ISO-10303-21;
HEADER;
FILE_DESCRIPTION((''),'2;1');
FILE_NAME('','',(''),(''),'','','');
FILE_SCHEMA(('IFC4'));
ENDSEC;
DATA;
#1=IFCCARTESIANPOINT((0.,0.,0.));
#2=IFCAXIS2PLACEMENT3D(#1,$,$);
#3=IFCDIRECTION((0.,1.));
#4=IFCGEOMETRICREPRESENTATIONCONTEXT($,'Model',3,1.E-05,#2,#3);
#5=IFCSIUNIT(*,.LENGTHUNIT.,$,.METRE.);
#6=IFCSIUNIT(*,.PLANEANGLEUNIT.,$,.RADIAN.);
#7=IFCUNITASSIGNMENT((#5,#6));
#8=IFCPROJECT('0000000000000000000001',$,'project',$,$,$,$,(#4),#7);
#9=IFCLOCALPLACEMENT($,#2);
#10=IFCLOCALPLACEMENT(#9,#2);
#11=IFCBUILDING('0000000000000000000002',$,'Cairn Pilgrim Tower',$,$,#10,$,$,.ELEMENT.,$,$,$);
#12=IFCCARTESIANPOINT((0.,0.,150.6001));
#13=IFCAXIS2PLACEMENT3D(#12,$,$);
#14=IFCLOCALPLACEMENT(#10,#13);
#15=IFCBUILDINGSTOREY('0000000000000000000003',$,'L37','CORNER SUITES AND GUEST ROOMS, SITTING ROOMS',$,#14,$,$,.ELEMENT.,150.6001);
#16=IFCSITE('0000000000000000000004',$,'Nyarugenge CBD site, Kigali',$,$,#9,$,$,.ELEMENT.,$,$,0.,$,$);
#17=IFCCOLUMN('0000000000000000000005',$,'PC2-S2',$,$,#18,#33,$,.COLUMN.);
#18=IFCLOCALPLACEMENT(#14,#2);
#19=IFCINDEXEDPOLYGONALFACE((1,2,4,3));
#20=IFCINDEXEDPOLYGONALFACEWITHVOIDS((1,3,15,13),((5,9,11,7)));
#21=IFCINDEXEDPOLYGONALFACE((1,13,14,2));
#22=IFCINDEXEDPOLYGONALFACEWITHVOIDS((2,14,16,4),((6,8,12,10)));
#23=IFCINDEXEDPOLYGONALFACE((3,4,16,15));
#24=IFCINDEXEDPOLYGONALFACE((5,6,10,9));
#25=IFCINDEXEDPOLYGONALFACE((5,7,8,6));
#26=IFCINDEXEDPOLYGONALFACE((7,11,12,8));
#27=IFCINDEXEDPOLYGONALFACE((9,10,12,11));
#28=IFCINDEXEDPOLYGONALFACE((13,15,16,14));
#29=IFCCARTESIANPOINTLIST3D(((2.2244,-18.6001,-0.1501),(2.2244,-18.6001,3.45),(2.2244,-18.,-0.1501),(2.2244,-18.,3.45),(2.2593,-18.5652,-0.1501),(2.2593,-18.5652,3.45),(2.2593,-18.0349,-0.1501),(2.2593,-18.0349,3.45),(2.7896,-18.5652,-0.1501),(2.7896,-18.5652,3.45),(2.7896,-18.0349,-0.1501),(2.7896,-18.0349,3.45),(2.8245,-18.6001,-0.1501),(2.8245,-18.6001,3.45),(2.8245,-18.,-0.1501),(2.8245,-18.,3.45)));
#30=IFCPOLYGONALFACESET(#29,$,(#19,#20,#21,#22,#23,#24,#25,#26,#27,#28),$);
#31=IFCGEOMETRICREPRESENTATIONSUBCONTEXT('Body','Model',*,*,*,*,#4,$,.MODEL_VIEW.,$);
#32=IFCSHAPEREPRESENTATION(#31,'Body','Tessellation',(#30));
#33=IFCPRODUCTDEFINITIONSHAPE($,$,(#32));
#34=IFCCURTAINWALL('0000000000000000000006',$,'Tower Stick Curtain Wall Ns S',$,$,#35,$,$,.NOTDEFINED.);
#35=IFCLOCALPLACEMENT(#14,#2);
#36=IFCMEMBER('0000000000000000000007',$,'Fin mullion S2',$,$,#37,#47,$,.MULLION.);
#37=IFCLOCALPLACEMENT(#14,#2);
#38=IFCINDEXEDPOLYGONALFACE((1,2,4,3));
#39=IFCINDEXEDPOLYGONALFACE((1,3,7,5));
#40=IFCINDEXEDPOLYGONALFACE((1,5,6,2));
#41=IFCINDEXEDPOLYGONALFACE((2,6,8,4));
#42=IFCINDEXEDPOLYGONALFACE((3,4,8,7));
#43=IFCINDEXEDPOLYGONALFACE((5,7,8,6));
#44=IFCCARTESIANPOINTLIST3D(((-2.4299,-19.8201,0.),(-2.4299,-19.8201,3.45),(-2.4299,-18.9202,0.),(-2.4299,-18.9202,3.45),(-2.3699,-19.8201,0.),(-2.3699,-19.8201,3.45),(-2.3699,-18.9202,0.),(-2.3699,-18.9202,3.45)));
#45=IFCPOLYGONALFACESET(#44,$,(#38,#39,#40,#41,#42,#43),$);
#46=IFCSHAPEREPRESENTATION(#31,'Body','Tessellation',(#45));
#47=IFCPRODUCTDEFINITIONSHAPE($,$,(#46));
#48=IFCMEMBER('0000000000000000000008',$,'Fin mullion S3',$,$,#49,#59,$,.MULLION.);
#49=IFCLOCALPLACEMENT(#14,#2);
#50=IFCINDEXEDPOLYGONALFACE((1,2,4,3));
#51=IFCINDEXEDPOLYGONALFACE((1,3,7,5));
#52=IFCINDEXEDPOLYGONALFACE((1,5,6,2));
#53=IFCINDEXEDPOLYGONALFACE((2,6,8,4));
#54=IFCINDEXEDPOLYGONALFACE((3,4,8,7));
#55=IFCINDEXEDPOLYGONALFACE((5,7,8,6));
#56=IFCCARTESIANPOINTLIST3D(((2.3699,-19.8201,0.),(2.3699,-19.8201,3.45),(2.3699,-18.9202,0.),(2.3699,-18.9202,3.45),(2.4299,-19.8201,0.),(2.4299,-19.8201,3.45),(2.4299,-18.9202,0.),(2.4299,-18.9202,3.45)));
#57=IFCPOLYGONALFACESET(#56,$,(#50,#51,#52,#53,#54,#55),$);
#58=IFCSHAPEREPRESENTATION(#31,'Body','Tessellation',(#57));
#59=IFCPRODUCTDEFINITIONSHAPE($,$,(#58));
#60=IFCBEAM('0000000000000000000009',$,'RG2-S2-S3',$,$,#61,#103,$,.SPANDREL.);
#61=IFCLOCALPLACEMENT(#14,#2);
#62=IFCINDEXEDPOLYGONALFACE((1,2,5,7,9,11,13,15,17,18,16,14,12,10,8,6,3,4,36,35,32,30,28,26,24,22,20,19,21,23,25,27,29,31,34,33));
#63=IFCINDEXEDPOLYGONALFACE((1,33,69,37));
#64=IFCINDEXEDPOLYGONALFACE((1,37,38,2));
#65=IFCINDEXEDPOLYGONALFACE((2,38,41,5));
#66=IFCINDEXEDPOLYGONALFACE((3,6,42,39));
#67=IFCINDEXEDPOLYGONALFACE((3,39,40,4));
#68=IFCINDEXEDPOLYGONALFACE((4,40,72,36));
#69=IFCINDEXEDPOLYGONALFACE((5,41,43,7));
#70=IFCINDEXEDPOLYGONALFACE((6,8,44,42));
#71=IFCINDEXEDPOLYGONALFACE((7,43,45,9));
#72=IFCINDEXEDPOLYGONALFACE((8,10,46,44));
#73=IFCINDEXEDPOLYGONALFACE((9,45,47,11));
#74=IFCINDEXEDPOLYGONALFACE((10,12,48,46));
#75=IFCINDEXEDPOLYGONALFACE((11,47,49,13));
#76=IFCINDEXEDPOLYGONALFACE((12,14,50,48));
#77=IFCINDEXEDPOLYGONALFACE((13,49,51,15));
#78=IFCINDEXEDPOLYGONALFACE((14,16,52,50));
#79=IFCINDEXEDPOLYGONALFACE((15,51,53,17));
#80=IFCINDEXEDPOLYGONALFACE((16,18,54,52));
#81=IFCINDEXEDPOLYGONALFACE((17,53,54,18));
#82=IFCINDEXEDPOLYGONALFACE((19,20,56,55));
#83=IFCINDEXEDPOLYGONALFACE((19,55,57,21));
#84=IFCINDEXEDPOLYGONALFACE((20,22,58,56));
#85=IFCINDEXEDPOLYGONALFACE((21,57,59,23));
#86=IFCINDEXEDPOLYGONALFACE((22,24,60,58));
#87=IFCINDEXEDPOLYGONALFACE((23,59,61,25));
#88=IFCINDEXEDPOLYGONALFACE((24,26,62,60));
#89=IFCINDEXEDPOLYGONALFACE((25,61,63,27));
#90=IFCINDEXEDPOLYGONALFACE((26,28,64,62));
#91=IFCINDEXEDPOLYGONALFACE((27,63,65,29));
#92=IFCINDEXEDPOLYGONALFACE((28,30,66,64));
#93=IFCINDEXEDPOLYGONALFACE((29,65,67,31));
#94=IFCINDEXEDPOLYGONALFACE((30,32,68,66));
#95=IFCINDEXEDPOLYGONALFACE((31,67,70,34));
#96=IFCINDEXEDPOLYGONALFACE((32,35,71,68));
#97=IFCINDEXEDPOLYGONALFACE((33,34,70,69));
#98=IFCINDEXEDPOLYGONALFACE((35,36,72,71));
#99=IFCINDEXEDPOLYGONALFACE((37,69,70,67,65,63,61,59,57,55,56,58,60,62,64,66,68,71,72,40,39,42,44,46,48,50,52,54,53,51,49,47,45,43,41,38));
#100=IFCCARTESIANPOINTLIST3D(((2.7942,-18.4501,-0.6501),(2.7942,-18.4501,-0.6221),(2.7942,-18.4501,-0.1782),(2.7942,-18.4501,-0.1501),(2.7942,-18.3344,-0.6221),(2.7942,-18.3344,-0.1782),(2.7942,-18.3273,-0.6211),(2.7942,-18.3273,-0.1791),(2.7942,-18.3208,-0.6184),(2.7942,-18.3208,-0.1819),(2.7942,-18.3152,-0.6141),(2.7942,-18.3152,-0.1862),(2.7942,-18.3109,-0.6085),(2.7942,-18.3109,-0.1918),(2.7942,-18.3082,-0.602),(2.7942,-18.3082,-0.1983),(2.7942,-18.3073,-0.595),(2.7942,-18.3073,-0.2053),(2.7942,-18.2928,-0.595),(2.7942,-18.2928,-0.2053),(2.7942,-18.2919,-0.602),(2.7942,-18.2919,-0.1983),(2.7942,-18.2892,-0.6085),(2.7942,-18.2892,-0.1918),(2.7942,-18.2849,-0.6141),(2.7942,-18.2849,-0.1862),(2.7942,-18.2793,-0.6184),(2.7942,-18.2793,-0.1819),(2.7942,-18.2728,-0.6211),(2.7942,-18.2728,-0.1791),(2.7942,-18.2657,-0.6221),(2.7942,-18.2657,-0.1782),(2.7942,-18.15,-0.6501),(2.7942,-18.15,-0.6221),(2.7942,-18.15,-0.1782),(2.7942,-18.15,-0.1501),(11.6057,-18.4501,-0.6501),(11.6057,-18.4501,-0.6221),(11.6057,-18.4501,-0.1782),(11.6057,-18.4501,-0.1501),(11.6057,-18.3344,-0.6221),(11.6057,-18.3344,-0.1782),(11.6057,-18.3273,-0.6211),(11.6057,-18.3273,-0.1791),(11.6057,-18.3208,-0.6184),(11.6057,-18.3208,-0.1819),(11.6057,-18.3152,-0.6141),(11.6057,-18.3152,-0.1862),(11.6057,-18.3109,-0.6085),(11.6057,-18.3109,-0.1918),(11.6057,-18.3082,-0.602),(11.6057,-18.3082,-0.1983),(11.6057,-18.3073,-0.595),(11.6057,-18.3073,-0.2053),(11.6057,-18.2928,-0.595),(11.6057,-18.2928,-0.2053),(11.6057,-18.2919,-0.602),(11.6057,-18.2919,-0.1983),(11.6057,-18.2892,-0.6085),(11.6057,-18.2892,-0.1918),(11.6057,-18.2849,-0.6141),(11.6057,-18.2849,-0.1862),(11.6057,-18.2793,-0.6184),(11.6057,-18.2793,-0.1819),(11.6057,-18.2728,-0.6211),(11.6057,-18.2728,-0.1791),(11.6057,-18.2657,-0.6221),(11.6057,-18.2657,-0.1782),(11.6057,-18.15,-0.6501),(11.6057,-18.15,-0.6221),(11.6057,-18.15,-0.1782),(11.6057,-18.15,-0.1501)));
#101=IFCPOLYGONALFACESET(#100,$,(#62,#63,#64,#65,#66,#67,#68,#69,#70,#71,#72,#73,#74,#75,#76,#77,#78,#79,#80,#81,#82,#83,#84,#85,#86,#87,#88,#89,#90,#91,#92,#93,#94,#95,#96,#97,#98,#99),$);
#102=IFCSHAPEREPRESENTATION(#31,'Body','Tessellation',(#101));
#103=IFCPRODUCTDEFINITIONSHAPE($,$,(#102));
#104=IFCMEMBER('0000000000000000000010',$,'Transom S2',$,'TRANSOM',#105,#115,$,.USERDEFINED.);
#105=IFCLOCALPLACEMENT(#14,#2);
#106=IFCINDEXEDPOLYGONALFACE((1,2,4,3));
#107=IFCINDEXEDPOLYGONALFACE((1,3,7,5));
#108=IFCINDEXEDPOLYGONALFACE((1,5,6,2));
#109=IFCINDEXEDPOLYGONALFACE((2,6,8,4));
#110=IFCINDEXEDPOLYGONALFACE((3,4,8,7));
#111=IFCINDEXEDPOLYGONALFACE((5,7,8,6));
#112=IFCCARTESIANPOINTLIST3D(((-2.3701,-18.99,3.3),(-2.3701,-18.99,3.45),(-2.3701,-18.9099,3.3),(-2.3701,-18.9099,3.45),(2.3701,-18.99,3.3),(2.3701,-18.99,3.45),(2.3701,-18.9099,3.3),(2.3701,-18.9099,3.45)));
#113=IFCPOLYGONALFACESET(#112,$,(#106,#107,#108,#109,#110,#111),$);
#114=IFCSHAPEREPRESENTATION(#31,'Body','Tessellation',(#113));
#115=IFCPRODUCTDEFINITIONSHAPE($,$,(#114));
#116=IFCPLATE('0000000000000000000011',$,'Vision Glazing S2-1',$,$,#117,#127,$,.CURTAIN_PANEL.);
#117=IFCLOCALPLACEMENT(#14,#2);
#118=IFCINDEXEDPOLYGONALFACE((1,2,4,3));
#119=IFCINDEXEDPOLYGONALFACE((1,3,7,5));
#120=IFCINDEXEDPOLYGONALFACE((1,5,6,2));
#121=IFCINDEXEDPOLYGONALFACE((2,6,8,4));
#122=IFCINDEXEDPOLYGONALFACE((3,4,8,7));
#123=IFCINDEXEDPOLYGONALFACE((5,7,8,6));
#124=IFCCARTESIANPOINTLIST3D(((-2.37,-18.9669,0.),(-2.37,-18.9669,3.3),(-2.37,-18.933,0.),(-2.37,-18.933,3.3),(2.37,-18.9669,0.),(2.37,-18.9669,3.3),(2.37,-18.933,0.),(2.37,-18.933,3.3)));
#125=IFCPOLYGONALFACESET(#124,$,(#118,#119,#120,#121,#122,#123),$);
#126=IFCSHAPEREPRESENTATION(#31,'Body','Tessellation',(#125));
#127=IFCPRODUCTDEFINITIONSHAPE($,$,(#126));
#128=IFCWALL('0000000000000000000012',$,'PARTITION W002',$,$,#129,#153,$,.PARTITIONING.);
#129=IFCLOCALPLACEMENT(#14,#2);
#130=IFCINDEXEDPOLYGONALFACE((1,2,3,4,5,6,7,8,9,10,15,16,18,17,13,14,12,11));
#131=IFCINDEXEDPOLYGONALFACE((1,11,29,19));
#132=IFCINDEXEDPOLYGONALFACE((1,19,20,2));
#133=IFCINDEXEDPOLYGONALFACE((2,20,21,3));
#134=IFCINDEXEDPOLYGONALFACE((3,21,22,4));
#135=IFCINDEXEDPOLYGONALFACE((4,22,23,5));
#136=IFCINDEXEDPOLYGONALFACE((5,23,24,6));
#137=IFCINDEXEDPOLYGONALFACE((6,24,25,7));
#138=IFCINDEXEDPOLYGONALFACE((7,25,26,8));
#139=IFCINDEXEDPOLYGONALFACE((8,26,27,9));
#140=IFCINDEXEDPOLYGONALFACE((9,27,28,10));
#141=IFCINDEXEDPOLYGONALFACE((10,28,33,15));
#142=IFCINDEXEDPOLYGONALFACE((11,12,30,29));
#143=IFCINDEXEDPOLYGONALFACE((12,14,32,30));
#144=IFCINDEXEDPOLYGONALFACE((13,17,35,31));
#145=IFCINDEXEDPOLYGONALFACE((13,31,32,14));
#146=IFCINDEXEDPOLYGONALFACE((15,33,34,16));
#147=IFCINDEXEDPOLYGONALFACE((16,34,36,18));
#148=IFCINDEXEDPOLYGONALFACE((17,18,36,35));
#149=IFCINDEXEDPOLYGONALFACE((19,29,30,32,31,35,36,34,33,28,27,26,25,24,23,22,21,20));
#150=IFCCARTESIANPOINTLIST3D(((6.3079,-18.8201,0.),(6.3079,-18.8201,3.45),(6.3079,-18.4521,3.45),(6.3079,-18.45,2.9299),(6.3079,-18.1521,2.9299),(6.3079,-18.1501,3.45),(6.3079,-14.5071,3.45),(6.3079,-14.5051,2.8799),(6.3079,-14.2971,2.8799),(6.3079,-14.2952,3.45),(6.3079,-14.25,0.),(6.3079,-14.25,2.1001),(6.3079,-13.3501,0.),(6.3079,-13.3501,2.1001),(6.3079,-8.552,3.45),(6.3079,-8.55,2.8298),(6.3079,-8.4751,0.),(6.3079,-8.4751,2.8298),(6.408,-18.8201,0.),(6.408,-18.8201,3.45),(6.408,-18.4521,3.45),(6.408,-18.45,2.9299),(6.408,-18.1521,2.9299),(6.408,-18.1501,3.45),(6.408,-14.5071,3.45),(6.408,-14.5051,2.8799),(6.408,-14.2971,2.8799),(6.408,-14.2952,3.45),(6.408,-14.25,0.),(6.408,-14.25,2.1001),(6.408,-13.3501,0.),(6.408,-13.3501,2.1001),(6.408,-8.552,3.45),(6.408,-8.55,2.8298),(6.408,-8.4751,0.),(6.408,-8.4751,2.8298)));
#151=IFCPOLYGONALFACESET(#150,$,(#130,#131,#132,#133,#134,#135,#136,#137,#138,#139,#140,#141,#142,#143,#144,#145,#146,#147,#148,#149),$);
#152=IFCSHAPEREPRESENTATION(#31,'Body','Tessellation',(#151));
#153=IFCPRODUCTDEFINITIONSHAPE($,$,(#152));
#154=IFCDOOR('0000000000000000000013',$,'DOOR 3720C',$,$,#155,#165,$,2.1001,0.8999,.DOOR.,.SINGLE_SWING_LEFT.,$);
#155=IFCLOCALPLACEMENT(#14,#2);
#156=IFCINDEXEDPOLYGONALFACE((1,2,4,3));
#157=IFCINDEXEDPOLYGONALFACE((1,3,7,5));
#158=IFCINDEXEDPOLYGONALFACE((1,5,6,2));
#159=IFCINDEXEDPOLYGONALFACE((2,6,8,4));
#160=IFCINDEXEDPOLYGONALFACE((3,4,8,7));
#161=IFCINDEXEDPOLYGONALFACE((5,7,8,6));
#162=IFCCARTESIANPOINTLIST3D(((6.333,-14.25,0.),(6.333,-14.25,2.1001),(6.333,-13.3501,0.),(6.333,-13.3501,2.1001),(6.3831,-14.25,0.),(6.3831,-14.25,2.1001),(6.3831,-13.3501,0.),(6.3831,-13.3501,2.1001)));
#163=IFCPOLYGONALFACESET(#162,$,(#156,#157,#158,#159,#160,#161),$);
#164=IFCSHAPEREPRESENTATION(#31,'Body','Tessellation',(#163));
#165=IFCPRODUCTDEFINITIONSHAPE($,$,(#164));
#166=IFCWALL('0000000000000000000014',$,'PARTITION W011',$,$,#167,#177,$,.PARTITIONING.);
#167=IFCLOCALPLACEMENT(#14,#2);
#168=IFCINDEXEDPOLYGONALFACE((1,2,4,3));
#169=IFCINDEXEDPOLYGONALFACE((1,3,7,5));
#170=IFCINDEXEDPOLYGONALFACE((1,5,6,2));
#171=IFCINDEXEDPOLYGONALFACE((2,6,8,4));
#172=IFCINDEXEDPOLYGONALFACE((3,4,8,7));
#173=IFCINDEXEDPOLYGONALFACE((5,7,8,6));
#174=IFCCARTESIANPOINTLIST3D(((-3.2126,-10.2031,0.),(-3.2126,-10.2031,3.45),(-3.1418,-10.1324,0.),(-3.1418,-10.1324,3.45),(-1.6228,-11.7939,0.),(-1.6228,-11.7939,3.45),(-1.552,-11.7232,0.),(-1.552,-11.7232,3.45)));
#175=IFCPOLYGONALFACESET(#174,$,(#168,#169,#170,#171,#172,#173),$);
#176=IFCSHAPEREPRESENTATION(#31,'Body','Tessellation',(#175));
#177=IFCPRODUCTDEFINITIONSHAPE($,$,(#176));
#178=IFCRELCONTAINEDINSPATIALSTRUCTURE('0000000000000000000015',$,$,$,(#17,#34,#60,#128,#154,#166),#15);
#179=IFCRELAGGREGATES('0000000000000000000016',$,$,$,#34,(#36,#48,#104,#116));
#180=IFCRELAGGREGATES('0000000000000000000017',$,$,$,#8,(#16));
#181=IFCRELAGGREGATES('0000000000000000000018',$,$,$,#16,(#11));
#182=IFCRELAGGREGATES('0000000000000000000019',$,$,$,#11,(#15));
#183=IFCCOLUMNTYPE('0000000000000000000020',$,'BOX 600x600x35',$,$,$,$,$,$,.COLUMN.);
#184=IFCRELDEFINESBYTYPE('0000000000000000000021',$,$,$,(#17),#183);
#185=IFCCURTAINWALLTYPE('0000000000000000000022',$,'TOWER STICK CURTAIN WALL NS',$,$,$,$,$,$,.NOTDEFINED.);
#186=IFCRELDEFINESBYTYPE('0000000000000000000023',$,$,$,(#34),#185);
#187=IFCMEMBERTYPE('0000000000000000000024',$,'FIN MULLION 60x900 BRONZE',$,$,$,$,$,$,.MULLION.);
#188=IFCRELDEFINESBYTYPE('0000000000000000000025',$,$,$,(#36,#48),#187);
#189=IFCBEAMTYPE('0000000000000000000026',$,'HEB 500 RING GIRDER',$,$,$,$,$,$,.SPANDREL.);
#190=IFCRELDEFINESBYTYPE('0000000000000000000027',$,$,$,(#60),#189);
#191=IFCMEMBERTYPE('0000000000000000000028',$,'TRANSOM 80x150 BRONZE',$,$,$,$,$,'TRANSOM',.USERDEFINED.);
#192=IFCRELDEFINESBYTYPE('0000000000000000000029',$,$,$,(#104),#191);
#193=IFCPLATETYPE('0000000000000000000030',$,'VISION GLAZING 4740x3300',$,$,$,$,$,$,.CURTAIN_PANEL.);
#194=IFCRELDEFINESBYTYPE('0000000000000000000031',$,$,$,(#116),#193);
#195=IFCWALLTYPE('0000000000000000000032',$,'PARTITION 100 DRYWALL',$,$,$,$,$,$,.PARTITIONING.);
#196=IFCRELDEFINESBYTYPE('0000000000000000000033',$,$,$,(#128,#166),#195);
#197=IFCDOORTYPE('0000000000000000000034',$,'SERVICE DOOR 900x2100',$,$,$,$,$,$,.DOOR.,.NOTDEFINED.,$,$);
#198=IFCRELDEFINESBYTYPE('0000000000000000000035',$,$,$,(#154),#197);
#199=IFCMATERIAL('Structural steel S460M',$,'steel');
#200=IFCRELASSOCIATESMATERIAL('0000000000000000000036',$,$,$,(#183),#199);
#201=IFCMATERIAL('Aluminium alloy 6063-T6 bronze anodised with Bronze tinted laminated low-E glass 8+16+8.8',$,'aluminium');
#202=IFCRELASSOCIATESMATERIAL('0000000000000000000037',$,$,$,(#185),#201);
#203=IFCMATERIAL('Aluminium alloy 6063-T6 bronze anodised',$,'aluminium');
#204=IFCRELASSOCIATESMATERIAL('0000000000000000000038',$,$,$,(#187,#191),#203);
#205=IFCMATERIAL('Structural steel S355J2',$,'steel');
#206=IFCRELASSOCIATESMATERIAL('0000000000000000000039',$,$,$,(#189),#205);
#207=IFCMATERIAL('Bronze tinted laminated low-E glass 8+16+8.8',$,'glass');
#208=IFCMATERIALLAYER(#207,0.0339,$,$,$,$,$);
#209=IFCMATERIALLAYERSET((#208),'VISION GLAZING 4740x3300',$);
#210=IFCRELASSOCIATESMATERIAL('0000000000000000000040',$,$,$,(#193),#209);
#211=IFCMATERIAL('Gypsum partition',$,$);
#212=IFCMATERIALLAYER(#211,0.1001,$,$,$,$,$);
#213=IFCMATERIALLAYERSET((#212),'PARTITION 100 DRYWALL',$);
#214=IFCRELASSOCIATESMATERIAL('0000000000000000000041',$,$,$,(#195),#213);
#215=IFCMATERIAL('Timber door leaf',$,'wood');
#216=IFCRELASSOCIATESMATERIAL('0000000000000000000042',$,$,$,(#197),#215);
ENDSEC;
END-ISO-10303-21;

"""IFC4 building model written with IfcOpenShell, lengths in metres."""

from ifc_helpers import new_model, si_unit, direction, frame, frame_2d, origin, origin_2d, place, context, subcontext, project, spatial, polyline, rectangle, hollow_rectangle, i_section, outline, extrude, material, layer, layer_set, material_profile, profile_set, type_object, element, fill, aggregate, save


model = new_model("IFC4")

# Units and contexts
model_context = context("Model", 3, precision=1e-05, world=origin(), true_north=direction((0.0, 1.0)))
body_context = subcontext(model_context, "Body", "Model", "MODEL_VIEW")
ifc_project = project(units=[si_unit("LENGTHUNIT", "METRE"), si_unit("PLANEANGLEUNIT", "RADIAN")], contexts=[model_context])

# Site, building, storey
site_placement = place(None, origin())
site = spatial("IfcSite", under=ifc_project, at=site_placement, Name="Nyarugenge CBD site, Kigali", CompositionType="ELEMENT", RefElevation=0.0)
building_placement = place(site_placement, origin())
building = spatial("IfcBuilding", under=site, at=building_placement, Name="Cairn Pilgrim Tower", CompositionType="ELEMENT")
storey_placement = place(building_placement, frame((0.0, 0.0, 150.6001)))
storey = spatial("IfcBuildingStorey", under=building, at=storey_placement, Name="L37", Description="CORNER SUITES AND GUEST ROOMS, SITTING ROOMS", CompositionType="ELEMENT", Elevation=150.6001)

# Column
ifc_material_1 = material(Name="Structural steel S460M", Category="steel")
ifc_material_profile_1 = material_profile(ifc_material_1, hollow_rectangle(XDim=0.6001, YDim=0.6001, WallThickness=0.0349, at=origin_2d()), Name="BOX 600x600x35")
ifc_profile_set_1 = profile_set([ifc_material_profile_1], Name="Structural steel S460M")
column_type = type_object("IfcColumnType", Name="BOX 600x600x35", PredefinedType="COLUMN", material=ifc_profile_set_1)
column_placement = place(storey_placement, frame((2.5244, -18.3, -0.1501), z_axis=(0.0, 0.0, 1.0), x_axis=(1.0, 0.0, 0.0)))
element("IfcColumn", 1, at=column_placement, inside=storey, type_object=column_type, Name="PC2-S2", PredefinedType="COLUMN", context=body_context, shape_type="SweptSolid", body=[
    extrude(hollow_rectangle(XDim=0.6001, YDim=0.6001, WallThickness=0.0349, at=origin_2d()), origin(), (0.0, 0.0, 1.0), 3.6001),
])

# Curtain wall, members
ifc_material_2 = material(Name="Aluminium alloy 6063-T6 bronze anodised with Bronze tinted laminated low-E glass 8+16+8.8", Category="aluminium")
curtain_wall_type = type_object("IfcCurtainWallType", Name="TOWER STICK CURTAIN WALL NS", PredefinedType="NOTDEFINED", material=ifc_material_2)
curtain_wall_placement = place(storey_placement, origin())
curtain_wall = element("IfcCurtainWall", 2, at=curtain_wall_placement, inside=storey, type_object=curtain_wall_type, Name="Tower Stick Curtain Wall Ns S", PredefinedType="NOTDEFINED")
ifc_material_3 = material(Name="Aluminium alloy 6063-T6 bronze anodised", Category="aluminium")
ifc_material_profile_2 = material_profile(ifc_material_3, rectangle(XDim=0.8999, YDim=0.0601, at=origin_2d()), Name="FIN MULLION 60x900 BRONZE")
ifc_profile_set_2 = profile_set([ifc_material_profile_2], Name="Aluminium alloy 6063-T6 bronze anodised")
member_type_1 = type_object("IfcMemberType", Name="FIN MULLION 60x900 BRONZE", PredefinedType="MULLION", material=ifc_profile_set_2)
member_1_placement = place(storey_placement, frame((-2.3999, -19.3701, 0.0), z_axis=(0.0, 0.0, 1.0), x_axis=(0.0, -1.0, 0.0)))
member_1 = element("IfcMember", 3, at=member_1_placement, type_object=member_type_1, Name="Fin mullion S2", PredefinedType="MULLION", context=body_context, shape_type="SweptSolid", body=[
    extrude(rectangle(XDim=0.8999, YDim=0.0601, at=origin_2d()), origin(), (0.0, 0.0, 1.0), 3.45),
])
member_2_placement = place(storey_placement, frame((2.3999, -19.3701, 0.0), z_axis=(0.0, 0.0, 1.0), x_axis=(0.0, -1.0, 0.0)))
member_2 = element("IfcMember", 4, at=member_2_placement, type_object=member_type_1, Name="Fin mullion S3", PredefinedType="MULLION", context=body_context, shape_type="SweptSolid", body=[
    extrude(rectangle(XDim=0.8999, YDim=0.0601, at=origin_2d()), origin(), (0.0, 0.0, 1.0), 3.45),
])

# Beam
ifc_material_4 = material(Name="Structural steel S355J2", Category="steel")
ifc_material_profile_3 = material_profile(ifc_material_4, i_section(OverallWidth=0.3, OverallDepth=0.5, WebThickness=0.0144, FlangeThickness=0.0281, FilletRadius=0.0271, at=origin_2d()), Name="HEB 500")
ifc_profile_set_3 = profile_set([ifc_material_profile_3], Name="Structural steel S355J2")
beam_type = type_object("IfcBeamType", Name="HEB 500 RING GIRDER", PredefinedType="SPANDREL", material=ifc_profile_set_3)
beam_placement = place(storey_placement, frame((2.7942, -18.3, -0.4001), z_axis=(1.0, 0.0, 0.0), x_axis=(0.0, 1.0, 0.0)))
element("IfcBeam", 5, at=beam_placement, inside=storey, type_object=beam_type, Name="RG2-S2-S3", PredefinedType="SPANDREL", context=body_context, shape_type="SweptSolid", body=[
    extrude(i_section(OverallWidth=0.3, OverallDepth=0.5, WebThickness=0.0144, FlangeThickness=0.0281, FilletRadius=0.0271, at=origin_2d()), origin(), (0.0, 0.0, 1.0), 8.8115),
])

# Member
ifc_material_profile_4 = material_profile(ifc_material_3, rectangle(XDim=0.0801, YDim=0.1499, at=origin_2d()), Name="TRANSOM 80x150 BRONZE")
ifc_profile_set_4 = profile_set([ifc_material_profile_4], Name="Aluminium alloy 6063-T6 bronze anodised")
member_type_2 = type_object("IfcMemberType", Name="TRANSOM 80x150 BRONZE", ElementType="TRANSOM", PredefinedType="USERDEFINED", material=ifc_profile_set_4)
member_3_placement = place(storey_placement, frame((-2.3701, -18.95, 3.375), z_axis=(1.0, 0.0, 0.0), x_axis=(0.0, 1.0, 0.0)))
member_3 = element("IfcMember", 6, at=member_3_placement, type_object=member_type_2, Name="Transom S2", ObjectType="TRANSOM", PredefinedType="USERDEFINED", context=body_context, shape_type="SweptSolid", body=[
    extrude(rectangle(XDim=0.0801, YDim=0.1499, at=origin_2d()), origin(), (0.0, 0.0, 1.0), 4.7402),
])

# Plate
ifc_material_5 = material(Name="Bronze tinted laminated low-E glass 8+16+8.8", Category="glass")
ifc_layer_1 = layer(ifc_material_5, 0.0339)
ifc_layer_set_1 = layer_set([ifc_layer_1], Name="VISION GLAZING 4740x3300")
plate_type = type_object("IfcPlateType", Name="VISION GLAZING 4740x3300", PredefinedType="CURTAIN_PANEL", material=ifc_layer_set_1)
plate_placement = place(storey_placement, frame((0.0, -18.95, 0.0), z_axis=(0.0, 0.0, 1.0), x_axis=(1.0, 0.0, 0.0)))
plate = element("IfcPlate", 7, at=plate_placement, type_object=plate_type, Name="Vision Glazing S2-1", PredefinedType="CURTAIN_PANEL", context=body_context, shape_type="SweptSolid", body=[
    extrude(rectangle(XDim=4.74, YDim=0.0339, at=origin_2d()), origin(), (0.0, 0.0, 1.0), 3.3),
])
aggregate(curtain_wall, [member_1, member_2, member_3, plate])

# Wall, opening, door
ifc_material_6 = material(Name="Gypsum partition")
ifc_layer_2 = layer(ifc_material_6, 0.1001)
ifc_layer_set_2 = layer_set([ifc_layer_2], Name="PARTITION 100 DRYWALL")
wall_type_1 = type_object("IfcWallType", Name="PARTITION 100 DRYWALL", PredefinedType="PARTITIONING", material=ifc_layer_set_2)
wall_1_placement = place(storey_placement, frame((6.3579, -18.8201, 0.0), z_axis=(0.0, 0.0, 1.0), x_axis=(0.0, 1.0, 0.0)))
wall_1 = element("IfcWall", 8, at=wall_1_placement, inside=storey, type_object=wall_type_1, Name="PARTITION W002", PredefinedType="PARTITIONING", context=body_context, shape_type="SweptSolid", body=[
    extrude(outline(polyline([(0.0, 0.0), (10.345, 0.0), (10.345, 2.8298), (10.27, 2.8298), (10.2681, 3.45), (4.5249, 3.45), (4.5229, 2.8799), (4.3149, 2.8799), (4.313, 3.45), (0.6699, 3.45), (0.668, 2.9299), (0.3701, 2.9299), (0.3679, 3.45), (0.0, 3.45), (0.0, 0.0)])), frame((0.0, 0.05, 0.0), z_axis=(0.0, -1.0, 0.0), x_axis=(1.0, 0.0, 0.0)), (0.0, 0.0, 1.0), 0.1001),
])
opening_1_placement = place(wall_1_placement, frame((4.5701, 0.0, 0.0)))
opening_1 = element("IfcOpeningElement", 9, at=opening_1_placement, cuts=wall_1, PredefinedType="OPENING", context=body_context, shape_type="SweptSolid", body=[
    extrude(rectangle(XDim=0.8999, YDim=2.1001, at=frame_2d((0.45, 1.05))), frame((0.0, 0.0601, 0.0), z_axis=(0.0, -1.0, 0.0), x_axis=(1.0, 0.0, 0.0)), (0.0, 0.0, 1.0), 0.1201),
])
ifc_material_7 = material(Name="Timber door leaf", Category="wood")
door_type_1 = type_object("IfcDoorType", Name="SERVICE DOOR 900x2100", OperationType="NOTDEFINED", PredefinedType="DOOR", material=ifc_material_7)
door_1_placement = place(opening_1_placement, origin())
door_1 = element("IfcDoor", 10, at=door_1_placement, inside=storey, type_object=door_type_1, Name="DOOR 3720C", OperationType="SINGLE_SWING_LEFT", OverallHeight=2.1001, OverallWidth=0.8999, PredefinedType="DOOR", context=body_context, shape_type="SweptSolid", body=[
    extrude(rectangle(XDim=0.8999, YDim=2.1001, at=frame_2d((0.45, 1.05))), frame((0.0, 0.0249, 0.0), z_axis=(0.0, -1.0, 0.0), x_axis=(1.0, 0.0, 0.0)), (0.0, 0.0, 1.0), 0.05),
])
fill(opening_1, door_1)

# Wall
wall_2_placement = place(storey_placement, frame((-1.5874, -11.7585, 0.0), z_axis=(0.0, 0.0, 1.0), x_axis=(-0.70689, 0.707324, 0.0)))
element("IfcWall", 11, at=wall_2_placement, inside=storey, type_object=wall_type_1, Name="PARTITION W011", PredefinedType="PARTITIONING", context=body_context, shape_type="SweptSolid", body=[
    extrude(rectangle(XDim=2.249, YDim=0.1001, at=frame_2d((1.1245, 0.0))), origin(), (0.0, 0.0, 1.0), 3.45),
])

save(model, "model.ifc")
